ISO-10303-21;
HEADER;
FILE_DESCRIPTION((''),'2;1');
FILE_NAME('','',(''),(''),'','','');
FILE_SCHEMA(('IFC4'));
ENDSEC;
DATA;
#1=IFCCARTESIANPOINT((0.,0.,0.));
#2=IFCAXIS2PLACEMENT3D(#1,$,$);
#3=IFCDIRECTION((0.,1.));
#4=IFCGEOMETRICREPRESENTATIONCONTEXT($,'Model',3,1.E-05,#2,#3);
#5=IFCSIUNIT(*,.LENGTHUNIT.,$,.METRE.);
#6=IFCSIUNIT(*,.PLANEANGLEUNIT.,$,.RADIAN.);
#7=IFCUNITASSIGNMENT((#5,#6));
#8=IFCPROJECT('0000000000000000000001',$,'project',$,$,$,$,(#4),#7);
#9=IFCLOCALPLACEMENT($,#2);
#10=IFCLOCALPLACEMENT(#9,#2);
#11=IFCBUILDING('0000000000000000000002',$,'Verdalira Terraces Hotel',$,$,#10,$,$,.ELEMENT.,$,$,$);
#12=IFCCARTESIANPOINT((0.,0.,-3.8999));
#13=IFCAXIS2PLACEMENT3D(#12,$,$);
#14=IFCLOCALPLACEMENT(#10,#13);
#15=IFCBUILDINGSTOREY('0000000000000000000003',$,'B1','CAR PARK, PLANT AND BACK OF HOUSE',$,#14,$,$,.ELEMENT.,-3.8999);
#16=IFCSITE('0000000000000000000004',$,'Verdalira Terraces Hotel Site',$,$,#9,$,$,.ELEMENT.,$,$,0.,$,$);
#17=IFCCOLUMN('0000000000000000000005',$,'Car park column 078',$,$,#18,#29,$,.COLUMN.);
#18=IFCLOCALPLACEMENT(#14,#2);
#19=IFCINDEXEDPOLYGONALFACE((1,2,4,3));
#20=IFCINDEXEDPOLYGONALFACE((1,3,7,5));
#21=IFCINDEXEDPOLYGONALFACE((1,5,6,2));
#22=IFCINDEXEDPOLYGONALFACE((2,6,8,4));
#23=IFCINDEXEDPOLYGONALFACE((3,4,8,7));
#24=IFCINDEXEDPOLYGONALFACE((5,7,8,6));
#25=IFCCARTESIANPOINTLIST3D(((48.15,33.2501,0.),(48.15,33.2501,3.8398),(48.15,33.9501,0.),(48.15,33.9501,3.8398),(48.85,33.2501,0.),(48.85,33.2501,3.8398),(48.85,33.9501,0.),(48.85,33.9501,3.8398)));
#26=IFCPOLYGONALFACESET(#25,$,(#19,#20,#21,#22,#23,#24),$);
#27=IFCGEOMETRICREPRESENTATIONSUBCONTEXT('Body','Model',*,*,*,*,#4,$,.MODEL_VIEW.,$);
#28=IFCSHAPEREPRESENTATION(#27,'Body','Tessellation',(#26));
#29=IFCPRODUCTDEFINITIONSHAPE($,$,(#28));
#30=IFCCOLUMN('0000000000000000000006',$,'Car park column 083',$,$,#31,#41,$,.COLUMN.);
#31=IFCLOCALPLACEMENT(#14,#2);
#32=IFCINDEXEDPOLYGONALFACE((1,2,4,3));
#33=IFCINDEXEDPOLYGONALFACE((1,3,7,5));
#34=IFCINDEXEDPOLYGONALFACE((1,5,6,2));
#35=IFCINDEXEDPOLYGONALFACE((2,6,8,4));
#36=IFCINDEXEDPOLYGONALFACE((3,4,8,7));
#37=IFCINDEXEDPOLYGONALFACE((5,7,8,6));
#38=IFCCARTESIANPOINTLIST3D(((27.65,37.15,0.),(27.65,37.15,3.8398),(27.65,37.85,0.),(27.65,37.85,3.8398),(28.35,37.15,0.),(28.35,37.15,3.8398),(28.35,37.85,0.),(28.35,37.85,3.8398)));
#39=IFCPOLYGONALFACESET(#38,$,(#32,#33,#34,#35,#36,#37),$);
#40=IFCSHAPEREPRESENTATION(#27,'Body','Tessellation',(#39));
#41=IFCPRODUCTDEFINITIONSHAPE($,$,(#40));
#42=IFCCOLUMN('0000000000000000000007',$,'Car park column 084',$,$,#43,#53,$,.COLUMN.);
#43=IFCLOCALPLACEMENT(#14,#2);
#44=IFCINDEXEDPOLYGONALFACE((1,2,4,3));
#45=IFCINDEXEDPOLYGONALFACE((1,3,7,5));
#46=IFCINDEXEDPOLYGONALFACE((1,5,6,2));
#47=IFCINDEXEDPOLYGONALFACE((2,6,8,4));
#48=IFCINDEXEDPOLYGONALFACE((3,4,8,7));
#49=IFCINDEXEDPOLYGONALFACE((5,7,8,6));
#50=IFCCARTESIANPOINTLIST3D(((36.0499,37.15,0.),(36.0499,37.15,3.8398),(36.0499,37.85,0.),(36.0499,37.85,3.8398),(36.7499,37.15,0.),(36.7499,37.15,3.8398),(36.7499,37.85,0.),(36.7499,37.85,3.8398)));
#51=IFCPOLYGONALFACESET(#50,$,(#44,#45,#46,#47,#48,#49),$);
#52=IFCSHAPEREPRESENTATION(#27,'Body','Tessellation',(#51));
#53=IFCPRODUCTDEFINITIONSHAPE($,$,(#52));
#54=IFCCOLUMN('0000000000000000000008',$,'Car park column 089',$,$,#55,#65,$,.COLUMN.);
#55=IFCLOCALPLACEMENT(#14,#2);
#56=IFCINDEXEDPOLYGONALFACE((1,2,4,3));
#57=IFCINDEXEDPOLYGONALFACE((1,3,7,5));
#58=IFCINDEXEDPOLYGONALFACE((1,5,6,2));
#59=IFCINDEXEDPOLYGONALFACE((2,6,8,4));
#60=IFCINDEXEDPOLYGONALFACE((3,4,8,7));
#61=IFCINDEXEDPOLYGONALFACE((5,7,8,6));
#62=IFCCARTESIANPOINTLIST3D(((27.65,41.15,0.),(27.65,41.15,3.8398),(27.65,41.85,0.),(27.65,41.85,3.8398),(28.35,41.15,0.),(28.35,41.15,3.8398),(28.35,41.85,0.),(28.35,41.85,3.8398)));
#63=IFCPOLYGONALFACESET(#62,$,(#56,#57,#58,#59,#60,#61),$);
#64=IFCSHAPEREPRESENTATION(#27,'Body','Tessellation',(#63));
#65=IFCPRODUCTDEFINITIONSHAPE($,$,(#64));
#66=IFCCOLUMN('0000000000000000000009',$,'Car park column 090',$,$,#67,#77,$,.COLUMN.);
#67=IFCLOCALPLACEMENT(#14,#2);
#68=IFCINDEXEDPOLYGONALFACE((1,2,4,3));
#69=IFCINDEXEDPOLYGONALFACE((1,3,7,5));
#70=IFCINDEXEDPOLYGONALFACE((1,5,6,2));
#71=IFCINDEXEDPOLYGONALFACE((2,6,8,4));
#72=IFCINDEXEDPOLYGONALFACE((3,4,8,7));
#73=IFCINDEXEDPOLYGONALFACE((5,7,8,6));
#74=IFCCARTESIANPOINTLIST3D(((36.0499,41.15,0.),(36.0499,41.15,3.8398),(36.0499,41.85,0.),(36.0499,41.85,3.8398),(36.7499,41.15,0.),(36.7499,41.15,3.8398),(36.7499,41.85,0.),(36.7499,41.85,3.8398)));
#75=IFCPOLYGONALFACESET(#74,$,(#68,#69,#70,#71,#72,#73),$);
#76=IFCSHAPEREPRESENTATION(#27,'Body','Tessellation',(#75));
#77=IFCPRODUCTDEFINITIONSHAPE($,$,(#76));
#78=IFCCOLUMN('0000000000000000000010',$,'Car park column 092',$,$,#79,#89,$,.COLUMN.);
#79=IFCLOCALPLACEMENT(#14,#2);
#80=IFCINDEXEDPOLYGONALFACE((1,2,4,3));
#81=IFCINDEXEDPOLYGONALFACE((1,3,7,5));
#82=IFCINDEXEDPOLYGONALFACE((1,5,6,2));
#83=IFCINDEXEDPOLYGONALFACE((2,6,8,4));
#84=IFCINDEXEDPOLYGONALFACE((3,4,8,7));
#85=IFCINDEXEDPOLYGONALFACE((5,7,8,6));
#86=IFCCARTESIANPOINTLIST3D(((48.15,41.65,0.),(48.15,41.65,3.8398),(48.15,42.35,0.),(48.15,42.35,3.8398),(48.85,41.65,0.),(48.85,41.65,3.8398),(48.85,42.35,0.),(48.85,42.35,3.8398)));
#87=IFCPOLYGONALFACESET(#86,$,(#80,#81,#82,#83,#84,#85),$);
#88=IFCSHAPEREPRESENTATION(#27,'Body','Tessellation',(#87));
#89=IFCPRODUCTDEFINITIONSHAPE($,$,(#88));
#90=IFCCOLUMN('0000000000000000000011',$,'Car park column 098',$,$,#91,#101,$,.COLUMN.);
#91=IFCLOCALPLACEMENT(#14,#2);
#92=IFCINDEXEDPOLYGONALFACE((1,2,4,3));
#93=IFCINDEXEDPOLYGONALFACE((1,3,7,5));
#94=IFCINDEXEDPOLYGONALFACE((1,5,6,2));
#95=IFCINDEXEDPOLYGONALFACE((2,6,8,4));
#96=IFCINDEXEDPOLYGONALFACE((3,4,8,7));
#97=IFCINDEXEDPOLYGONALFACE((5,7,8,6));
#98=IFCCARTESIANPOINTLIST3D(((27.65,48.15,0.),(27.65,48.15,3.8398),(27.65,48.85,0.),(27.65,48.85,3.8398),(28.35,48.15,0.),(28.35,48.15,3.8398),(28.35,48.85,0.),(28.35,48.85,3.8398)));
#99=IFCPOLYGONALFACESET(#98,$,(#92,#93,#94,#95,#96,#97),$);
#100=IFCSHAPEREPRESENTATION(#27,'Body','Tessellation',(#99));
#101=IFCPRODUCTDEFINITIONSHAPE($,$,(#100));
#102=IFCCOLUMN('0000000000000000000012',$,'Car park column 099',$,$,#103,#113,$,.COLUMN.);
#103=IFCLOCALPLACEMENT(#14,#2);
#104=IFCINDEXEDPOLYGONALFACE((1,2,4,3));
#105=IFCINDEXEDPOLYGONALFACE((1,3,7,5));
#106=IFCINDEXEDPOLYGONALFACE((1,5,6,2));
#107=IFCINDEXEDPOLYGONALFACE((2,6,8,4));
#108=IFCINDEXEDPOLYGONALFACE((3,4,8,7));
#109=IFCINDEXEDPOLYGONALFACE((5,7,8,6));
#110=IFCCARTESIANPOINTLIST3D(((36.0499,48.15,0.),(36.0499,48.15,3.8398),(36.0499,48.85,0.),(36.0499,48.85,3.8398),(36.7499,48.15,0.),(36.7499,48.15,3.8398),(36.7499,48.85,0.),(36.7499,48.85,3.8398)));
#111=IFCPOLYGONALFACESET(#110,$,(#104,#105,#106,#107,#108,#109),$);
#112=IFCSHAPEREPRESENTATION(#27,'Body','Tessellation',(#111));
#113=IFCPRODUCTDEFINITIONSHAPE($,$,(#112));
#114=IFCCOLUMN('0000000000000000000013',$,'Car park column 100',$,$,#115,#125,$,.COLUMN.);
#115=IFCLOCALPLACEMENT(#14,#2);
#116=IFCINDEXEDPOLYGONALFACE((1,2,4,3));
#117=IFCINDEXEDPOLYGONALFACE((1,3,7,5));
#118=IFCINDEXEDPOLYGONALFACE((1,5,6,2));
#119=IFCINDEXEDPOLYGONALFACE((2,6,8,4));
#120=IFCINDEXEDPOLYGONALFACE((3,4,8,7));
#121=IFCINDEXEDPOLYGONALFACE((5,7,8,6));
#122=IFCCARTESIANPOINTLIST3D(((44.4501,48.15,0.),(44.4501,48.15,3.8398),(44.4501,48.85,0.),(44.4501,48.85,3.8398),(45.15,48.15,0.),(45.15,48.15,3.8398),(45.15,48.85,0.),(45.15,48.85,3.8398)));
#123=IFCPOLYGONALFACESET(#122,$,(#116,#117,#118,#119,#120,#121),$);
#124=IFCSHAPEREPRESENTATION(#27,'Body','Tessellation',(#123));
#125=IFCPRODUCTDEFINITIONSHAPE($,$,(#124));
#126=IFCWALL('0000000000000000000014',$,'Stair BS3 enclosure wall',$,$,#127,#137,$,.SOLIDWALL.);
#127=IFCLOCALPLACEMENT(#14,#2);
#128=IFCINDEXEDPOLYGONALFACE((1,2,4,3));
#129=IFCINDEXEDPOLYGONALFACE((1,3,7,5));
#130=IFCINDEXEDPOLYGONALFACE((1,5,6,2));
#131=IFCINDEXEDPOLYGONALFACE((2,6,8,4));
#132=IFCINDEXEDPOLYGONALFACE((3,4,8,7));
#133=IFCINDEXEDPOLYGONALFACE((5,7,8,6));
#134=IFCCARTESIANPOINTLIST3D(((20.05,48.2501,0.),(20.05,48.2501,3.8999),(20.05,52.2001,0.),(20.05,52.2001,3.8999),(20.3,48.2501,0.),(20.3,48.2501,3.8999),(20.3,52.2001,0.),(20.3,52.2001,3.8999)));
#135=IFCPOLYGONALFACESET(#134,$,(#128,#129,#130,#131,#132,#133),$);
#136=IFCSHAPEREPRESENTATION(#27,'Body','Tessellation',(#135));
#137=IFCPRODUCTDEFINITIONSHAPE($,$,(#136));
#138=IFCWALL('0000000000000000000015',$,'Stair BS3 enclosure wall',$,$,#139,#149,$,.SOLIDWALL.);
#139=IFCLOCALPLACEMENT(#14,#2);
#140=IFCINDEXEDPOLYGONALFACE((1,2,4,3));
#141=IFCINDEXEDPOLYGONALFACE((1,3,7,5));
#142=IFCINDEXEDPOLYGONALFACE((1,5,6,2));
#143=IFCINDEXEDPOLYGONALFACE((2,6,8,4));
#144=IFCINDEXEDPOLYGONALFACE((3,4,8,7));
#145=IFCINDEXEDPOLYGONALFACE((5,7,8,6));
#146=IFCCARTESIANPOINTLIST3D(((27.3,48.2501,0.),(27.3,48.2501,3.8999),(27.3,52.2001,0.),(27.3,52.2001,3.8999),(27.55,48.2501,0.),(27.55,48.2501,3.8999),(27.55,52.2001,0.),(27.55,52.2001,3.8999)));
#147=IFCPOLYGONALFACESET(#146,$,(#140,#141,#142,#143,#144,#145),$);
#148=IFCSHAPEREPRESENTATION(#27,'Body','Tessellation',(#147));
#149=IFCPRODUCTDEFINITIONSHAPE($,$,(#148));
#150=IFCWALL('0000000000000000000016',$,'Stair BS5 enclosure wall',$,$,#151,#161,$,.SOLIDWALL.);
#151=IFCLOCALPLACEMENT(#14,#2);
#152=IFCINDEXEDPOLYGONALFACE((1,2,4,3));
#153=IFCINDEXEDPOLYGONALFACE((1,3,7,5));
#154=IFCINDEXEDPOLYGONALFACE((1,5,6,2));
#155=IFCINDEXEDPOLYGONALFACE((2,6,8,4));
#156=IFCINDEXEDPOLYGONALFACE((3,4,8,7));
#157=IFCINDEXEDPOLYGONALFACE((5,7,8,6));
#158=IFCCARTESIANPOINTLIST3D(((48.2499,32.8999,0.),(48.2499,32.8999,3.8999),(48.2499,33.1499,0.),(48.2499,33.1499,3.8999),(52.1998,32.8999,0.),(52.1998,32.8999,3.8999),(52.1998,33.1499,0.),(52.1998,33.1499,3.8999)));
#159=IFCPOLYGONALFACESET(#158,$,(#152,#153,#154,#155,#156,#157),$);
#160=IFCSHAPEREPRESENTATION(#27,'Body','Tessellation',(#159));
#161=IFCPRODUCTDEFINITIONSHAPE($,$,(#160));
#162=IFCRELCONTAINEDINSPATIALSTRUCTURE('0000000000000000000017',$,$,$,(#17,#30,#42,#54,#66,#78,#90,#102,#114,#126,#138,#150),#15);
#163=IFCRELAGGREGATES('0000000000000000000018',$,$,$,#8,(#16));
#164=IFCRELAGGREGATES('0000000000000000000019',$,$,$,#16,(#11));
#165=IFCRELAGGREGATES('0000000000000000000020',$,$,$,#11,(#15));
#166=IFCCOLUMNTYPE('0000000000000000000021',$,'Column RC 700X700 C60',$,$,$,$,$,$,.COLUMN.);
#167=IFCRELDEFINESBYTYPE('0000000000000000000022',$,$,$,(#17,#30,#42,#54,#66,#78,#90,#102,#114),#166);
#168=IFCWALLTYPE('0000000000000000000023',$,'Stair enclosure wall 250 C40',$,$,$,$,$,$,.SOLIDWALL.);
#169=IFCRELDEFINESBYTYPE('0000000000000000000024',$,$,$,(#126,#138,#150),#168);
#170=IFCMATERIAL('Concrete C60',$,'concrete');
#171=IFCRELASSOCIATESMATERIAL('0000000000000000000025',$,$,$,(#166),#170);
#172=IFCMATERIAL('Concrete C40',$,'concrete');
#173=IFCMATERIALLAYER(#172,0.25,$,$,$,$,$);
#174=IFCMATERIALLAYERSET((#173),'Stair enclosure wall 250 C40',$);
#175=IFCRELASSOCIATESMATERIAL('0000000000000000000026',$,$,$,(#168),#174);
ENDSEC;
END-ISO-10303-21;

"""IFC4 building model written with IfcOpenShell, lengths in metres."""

from ifc_helpers import new_model, si_unit, direction, frame, frame_2d, origin, origin_2d, place, context, subcontext, project, spatial, rectangle, extrude, material, layer, layer_set, material_profile, profile_set, type_object, element, save


model = new_model("IFC4")

# Units and contexts
model_context = context("Model", 3, precision=1e-05, world=origin(), true_north=direction((0.0, 1.0)))
body_context = subcontext(model_context, "Body", "Model", "MODEL_VIEW")
ifc_project = project(units=[si_unit("LENGTHUNIT", "METRE"), si_unit("PLANEANGLEUNIT", "RADIAN")], contexts=[model_context])

# Site, building, storey
site_placement = place(None, origin())
site = spatial("IfcSite", under=ifc_project, at=site_placement, Name="Verdalira Terraces Hotel Site", CompositionType="ELEMENT", RefElevation=0.0)
building_placement = place(site_placement, origin())
building = spatial("IfcBuilding", under=site, at=building_placement, Name="Verdalira Terraces Hotel", CompositionType="ELEMENT")
storey_placement = place(building_placement, frame((0.0, 0.0, -3.8999)))
storey = spatial("IfcBuildingStorey", under=building, at=storey_placement, Name="B1", Description="CAR PARK, PLANT AND BACK OF HOUSE", CompositionType="ELEMENT", Elevation=-3.8999)

# Columns
ifc_material_1 = material(Name="Concrete C60", Category="concrete")
ifc_material_profile = material_profile(ifc_material_1, rectangle(XDim=0.7, YDim=0.7, at=origin_2d()), Name="RC 700X700")
ifc_profile_set = profile_set([ifc_material_profile], Name="Concrete C60")
column_type = type_object("IfcColumnType", Name="Column RC 700X700 C60", PredefinedType="COLUMN", material=ifc_profile_set)
for number, where, z_axis, x_axis, name in (
    (1, (48.5, 33.6001, 0.0), (0.0, 0.0, 1.0), (1.0, 0.0, 0.0), "Car park column 078"),
    (2, (28.0, 37.5, 0.0), (0.0, 0.0, 1.0), (1.0, 0.0, 0.0), "Car park column 083"),
    (3, (36.3999, 37.5, 0.0), (0.0, 0.0, 1.0), (1.0, 0.0, 0.0), "Car park column 084"),
    (4, (28.0, 41.5, 0.0), (0.0, 0.0, 1.0), (1.0, 0.0, 0.0), "Car park column 089"),
    (5, (36.3999, 41.5, 0.0), (0.0, 0.0, 1.0), (1.0, 0.0, 0.0), "Car park column 090"),
    (6, (48.5, 42.0, 0.0), (0.0, 0.0, 1.0), (1.0, 0.0, 0.0), "Car park column 092"),
    (7, (28.0, 48.5, 0.0), (0.0, 0.0, 1.0), (1.0, 0.0, 0.0), "Car park column 098"),
    (8, (36.3999, 48.5, 0.0), (0.0, 0.0, 1.0), (1.0, 0.0, 0.0), "Car park column 099"),
    (9, (44.8, 48.5, 0.0), (0.0, 0.0, 1.0), (1.0, 0.0, 0.0), "Car park column 100"),
):
    element("IfcColumn", number, at=place(storey_placement, frame(where, z_axis=z_axis, x_axis=x_axis)), inside=storey, type_object=column_type, Name=name, PredefinedType="COLUMN", context=body_context, shape_type="SweptSolid", body=[
        extrude(rectangle(XDim=0.7, YDim=0.7, at=origin_2d()), origin(), (0.0, 0.0, 1.0), 3.8398),
    ])

# Walls
ifc_material_2 = material(Name="Concrete C40", Category="concrete")
ifc_layer = layer(ifc_material_2, 0.25)
ifc_layer_set = layer_set([ifc_layer], Name="Stair enclosure wall 250 C40")
wall_type = type_object("IfcWallType", Name="Stair enclosure wall 250 C40", PredefinedType="SOLIDWALL", material=ifc_layer_set)
for number, where, z_axis, x_axis, name in (
    (10, (20.175, 48.25, 0.0), (0.0, 0.0, 1.0), (0.0, 1.0, 0.0), "Stair BS3 enclosure wall"),
    (11, (27.425, 48.25, 0.0), (0.0, 0.0, 1.0), (0.0, 1.0, 0.0), "Stair BS3 enclosure wall"),
    (12, (52.2, 33.0249, 0.0), (0.0, 0.0, 1.0), (-1.0, 0.0, 0.0), "Stair BS5 enclosure wall"),
):
    element("IfcWall", number, at=place(storey_placement, frame(where, z_axis=z_axis, x_axis=x_axis)), inside=storey, type_object=wall_type, Name=name, PredefinedType="SOLIDWALL", context=body_context, shape_type="SweptSolid", body=[
        extrude(rectangle(XDim=3.95, YDim=0.25, at=frame_2d((1.9751, 0.0))), origin(), (0.0, 0.0, 1.0), 3.8999),
    ])

save(model, "model.ifc")
